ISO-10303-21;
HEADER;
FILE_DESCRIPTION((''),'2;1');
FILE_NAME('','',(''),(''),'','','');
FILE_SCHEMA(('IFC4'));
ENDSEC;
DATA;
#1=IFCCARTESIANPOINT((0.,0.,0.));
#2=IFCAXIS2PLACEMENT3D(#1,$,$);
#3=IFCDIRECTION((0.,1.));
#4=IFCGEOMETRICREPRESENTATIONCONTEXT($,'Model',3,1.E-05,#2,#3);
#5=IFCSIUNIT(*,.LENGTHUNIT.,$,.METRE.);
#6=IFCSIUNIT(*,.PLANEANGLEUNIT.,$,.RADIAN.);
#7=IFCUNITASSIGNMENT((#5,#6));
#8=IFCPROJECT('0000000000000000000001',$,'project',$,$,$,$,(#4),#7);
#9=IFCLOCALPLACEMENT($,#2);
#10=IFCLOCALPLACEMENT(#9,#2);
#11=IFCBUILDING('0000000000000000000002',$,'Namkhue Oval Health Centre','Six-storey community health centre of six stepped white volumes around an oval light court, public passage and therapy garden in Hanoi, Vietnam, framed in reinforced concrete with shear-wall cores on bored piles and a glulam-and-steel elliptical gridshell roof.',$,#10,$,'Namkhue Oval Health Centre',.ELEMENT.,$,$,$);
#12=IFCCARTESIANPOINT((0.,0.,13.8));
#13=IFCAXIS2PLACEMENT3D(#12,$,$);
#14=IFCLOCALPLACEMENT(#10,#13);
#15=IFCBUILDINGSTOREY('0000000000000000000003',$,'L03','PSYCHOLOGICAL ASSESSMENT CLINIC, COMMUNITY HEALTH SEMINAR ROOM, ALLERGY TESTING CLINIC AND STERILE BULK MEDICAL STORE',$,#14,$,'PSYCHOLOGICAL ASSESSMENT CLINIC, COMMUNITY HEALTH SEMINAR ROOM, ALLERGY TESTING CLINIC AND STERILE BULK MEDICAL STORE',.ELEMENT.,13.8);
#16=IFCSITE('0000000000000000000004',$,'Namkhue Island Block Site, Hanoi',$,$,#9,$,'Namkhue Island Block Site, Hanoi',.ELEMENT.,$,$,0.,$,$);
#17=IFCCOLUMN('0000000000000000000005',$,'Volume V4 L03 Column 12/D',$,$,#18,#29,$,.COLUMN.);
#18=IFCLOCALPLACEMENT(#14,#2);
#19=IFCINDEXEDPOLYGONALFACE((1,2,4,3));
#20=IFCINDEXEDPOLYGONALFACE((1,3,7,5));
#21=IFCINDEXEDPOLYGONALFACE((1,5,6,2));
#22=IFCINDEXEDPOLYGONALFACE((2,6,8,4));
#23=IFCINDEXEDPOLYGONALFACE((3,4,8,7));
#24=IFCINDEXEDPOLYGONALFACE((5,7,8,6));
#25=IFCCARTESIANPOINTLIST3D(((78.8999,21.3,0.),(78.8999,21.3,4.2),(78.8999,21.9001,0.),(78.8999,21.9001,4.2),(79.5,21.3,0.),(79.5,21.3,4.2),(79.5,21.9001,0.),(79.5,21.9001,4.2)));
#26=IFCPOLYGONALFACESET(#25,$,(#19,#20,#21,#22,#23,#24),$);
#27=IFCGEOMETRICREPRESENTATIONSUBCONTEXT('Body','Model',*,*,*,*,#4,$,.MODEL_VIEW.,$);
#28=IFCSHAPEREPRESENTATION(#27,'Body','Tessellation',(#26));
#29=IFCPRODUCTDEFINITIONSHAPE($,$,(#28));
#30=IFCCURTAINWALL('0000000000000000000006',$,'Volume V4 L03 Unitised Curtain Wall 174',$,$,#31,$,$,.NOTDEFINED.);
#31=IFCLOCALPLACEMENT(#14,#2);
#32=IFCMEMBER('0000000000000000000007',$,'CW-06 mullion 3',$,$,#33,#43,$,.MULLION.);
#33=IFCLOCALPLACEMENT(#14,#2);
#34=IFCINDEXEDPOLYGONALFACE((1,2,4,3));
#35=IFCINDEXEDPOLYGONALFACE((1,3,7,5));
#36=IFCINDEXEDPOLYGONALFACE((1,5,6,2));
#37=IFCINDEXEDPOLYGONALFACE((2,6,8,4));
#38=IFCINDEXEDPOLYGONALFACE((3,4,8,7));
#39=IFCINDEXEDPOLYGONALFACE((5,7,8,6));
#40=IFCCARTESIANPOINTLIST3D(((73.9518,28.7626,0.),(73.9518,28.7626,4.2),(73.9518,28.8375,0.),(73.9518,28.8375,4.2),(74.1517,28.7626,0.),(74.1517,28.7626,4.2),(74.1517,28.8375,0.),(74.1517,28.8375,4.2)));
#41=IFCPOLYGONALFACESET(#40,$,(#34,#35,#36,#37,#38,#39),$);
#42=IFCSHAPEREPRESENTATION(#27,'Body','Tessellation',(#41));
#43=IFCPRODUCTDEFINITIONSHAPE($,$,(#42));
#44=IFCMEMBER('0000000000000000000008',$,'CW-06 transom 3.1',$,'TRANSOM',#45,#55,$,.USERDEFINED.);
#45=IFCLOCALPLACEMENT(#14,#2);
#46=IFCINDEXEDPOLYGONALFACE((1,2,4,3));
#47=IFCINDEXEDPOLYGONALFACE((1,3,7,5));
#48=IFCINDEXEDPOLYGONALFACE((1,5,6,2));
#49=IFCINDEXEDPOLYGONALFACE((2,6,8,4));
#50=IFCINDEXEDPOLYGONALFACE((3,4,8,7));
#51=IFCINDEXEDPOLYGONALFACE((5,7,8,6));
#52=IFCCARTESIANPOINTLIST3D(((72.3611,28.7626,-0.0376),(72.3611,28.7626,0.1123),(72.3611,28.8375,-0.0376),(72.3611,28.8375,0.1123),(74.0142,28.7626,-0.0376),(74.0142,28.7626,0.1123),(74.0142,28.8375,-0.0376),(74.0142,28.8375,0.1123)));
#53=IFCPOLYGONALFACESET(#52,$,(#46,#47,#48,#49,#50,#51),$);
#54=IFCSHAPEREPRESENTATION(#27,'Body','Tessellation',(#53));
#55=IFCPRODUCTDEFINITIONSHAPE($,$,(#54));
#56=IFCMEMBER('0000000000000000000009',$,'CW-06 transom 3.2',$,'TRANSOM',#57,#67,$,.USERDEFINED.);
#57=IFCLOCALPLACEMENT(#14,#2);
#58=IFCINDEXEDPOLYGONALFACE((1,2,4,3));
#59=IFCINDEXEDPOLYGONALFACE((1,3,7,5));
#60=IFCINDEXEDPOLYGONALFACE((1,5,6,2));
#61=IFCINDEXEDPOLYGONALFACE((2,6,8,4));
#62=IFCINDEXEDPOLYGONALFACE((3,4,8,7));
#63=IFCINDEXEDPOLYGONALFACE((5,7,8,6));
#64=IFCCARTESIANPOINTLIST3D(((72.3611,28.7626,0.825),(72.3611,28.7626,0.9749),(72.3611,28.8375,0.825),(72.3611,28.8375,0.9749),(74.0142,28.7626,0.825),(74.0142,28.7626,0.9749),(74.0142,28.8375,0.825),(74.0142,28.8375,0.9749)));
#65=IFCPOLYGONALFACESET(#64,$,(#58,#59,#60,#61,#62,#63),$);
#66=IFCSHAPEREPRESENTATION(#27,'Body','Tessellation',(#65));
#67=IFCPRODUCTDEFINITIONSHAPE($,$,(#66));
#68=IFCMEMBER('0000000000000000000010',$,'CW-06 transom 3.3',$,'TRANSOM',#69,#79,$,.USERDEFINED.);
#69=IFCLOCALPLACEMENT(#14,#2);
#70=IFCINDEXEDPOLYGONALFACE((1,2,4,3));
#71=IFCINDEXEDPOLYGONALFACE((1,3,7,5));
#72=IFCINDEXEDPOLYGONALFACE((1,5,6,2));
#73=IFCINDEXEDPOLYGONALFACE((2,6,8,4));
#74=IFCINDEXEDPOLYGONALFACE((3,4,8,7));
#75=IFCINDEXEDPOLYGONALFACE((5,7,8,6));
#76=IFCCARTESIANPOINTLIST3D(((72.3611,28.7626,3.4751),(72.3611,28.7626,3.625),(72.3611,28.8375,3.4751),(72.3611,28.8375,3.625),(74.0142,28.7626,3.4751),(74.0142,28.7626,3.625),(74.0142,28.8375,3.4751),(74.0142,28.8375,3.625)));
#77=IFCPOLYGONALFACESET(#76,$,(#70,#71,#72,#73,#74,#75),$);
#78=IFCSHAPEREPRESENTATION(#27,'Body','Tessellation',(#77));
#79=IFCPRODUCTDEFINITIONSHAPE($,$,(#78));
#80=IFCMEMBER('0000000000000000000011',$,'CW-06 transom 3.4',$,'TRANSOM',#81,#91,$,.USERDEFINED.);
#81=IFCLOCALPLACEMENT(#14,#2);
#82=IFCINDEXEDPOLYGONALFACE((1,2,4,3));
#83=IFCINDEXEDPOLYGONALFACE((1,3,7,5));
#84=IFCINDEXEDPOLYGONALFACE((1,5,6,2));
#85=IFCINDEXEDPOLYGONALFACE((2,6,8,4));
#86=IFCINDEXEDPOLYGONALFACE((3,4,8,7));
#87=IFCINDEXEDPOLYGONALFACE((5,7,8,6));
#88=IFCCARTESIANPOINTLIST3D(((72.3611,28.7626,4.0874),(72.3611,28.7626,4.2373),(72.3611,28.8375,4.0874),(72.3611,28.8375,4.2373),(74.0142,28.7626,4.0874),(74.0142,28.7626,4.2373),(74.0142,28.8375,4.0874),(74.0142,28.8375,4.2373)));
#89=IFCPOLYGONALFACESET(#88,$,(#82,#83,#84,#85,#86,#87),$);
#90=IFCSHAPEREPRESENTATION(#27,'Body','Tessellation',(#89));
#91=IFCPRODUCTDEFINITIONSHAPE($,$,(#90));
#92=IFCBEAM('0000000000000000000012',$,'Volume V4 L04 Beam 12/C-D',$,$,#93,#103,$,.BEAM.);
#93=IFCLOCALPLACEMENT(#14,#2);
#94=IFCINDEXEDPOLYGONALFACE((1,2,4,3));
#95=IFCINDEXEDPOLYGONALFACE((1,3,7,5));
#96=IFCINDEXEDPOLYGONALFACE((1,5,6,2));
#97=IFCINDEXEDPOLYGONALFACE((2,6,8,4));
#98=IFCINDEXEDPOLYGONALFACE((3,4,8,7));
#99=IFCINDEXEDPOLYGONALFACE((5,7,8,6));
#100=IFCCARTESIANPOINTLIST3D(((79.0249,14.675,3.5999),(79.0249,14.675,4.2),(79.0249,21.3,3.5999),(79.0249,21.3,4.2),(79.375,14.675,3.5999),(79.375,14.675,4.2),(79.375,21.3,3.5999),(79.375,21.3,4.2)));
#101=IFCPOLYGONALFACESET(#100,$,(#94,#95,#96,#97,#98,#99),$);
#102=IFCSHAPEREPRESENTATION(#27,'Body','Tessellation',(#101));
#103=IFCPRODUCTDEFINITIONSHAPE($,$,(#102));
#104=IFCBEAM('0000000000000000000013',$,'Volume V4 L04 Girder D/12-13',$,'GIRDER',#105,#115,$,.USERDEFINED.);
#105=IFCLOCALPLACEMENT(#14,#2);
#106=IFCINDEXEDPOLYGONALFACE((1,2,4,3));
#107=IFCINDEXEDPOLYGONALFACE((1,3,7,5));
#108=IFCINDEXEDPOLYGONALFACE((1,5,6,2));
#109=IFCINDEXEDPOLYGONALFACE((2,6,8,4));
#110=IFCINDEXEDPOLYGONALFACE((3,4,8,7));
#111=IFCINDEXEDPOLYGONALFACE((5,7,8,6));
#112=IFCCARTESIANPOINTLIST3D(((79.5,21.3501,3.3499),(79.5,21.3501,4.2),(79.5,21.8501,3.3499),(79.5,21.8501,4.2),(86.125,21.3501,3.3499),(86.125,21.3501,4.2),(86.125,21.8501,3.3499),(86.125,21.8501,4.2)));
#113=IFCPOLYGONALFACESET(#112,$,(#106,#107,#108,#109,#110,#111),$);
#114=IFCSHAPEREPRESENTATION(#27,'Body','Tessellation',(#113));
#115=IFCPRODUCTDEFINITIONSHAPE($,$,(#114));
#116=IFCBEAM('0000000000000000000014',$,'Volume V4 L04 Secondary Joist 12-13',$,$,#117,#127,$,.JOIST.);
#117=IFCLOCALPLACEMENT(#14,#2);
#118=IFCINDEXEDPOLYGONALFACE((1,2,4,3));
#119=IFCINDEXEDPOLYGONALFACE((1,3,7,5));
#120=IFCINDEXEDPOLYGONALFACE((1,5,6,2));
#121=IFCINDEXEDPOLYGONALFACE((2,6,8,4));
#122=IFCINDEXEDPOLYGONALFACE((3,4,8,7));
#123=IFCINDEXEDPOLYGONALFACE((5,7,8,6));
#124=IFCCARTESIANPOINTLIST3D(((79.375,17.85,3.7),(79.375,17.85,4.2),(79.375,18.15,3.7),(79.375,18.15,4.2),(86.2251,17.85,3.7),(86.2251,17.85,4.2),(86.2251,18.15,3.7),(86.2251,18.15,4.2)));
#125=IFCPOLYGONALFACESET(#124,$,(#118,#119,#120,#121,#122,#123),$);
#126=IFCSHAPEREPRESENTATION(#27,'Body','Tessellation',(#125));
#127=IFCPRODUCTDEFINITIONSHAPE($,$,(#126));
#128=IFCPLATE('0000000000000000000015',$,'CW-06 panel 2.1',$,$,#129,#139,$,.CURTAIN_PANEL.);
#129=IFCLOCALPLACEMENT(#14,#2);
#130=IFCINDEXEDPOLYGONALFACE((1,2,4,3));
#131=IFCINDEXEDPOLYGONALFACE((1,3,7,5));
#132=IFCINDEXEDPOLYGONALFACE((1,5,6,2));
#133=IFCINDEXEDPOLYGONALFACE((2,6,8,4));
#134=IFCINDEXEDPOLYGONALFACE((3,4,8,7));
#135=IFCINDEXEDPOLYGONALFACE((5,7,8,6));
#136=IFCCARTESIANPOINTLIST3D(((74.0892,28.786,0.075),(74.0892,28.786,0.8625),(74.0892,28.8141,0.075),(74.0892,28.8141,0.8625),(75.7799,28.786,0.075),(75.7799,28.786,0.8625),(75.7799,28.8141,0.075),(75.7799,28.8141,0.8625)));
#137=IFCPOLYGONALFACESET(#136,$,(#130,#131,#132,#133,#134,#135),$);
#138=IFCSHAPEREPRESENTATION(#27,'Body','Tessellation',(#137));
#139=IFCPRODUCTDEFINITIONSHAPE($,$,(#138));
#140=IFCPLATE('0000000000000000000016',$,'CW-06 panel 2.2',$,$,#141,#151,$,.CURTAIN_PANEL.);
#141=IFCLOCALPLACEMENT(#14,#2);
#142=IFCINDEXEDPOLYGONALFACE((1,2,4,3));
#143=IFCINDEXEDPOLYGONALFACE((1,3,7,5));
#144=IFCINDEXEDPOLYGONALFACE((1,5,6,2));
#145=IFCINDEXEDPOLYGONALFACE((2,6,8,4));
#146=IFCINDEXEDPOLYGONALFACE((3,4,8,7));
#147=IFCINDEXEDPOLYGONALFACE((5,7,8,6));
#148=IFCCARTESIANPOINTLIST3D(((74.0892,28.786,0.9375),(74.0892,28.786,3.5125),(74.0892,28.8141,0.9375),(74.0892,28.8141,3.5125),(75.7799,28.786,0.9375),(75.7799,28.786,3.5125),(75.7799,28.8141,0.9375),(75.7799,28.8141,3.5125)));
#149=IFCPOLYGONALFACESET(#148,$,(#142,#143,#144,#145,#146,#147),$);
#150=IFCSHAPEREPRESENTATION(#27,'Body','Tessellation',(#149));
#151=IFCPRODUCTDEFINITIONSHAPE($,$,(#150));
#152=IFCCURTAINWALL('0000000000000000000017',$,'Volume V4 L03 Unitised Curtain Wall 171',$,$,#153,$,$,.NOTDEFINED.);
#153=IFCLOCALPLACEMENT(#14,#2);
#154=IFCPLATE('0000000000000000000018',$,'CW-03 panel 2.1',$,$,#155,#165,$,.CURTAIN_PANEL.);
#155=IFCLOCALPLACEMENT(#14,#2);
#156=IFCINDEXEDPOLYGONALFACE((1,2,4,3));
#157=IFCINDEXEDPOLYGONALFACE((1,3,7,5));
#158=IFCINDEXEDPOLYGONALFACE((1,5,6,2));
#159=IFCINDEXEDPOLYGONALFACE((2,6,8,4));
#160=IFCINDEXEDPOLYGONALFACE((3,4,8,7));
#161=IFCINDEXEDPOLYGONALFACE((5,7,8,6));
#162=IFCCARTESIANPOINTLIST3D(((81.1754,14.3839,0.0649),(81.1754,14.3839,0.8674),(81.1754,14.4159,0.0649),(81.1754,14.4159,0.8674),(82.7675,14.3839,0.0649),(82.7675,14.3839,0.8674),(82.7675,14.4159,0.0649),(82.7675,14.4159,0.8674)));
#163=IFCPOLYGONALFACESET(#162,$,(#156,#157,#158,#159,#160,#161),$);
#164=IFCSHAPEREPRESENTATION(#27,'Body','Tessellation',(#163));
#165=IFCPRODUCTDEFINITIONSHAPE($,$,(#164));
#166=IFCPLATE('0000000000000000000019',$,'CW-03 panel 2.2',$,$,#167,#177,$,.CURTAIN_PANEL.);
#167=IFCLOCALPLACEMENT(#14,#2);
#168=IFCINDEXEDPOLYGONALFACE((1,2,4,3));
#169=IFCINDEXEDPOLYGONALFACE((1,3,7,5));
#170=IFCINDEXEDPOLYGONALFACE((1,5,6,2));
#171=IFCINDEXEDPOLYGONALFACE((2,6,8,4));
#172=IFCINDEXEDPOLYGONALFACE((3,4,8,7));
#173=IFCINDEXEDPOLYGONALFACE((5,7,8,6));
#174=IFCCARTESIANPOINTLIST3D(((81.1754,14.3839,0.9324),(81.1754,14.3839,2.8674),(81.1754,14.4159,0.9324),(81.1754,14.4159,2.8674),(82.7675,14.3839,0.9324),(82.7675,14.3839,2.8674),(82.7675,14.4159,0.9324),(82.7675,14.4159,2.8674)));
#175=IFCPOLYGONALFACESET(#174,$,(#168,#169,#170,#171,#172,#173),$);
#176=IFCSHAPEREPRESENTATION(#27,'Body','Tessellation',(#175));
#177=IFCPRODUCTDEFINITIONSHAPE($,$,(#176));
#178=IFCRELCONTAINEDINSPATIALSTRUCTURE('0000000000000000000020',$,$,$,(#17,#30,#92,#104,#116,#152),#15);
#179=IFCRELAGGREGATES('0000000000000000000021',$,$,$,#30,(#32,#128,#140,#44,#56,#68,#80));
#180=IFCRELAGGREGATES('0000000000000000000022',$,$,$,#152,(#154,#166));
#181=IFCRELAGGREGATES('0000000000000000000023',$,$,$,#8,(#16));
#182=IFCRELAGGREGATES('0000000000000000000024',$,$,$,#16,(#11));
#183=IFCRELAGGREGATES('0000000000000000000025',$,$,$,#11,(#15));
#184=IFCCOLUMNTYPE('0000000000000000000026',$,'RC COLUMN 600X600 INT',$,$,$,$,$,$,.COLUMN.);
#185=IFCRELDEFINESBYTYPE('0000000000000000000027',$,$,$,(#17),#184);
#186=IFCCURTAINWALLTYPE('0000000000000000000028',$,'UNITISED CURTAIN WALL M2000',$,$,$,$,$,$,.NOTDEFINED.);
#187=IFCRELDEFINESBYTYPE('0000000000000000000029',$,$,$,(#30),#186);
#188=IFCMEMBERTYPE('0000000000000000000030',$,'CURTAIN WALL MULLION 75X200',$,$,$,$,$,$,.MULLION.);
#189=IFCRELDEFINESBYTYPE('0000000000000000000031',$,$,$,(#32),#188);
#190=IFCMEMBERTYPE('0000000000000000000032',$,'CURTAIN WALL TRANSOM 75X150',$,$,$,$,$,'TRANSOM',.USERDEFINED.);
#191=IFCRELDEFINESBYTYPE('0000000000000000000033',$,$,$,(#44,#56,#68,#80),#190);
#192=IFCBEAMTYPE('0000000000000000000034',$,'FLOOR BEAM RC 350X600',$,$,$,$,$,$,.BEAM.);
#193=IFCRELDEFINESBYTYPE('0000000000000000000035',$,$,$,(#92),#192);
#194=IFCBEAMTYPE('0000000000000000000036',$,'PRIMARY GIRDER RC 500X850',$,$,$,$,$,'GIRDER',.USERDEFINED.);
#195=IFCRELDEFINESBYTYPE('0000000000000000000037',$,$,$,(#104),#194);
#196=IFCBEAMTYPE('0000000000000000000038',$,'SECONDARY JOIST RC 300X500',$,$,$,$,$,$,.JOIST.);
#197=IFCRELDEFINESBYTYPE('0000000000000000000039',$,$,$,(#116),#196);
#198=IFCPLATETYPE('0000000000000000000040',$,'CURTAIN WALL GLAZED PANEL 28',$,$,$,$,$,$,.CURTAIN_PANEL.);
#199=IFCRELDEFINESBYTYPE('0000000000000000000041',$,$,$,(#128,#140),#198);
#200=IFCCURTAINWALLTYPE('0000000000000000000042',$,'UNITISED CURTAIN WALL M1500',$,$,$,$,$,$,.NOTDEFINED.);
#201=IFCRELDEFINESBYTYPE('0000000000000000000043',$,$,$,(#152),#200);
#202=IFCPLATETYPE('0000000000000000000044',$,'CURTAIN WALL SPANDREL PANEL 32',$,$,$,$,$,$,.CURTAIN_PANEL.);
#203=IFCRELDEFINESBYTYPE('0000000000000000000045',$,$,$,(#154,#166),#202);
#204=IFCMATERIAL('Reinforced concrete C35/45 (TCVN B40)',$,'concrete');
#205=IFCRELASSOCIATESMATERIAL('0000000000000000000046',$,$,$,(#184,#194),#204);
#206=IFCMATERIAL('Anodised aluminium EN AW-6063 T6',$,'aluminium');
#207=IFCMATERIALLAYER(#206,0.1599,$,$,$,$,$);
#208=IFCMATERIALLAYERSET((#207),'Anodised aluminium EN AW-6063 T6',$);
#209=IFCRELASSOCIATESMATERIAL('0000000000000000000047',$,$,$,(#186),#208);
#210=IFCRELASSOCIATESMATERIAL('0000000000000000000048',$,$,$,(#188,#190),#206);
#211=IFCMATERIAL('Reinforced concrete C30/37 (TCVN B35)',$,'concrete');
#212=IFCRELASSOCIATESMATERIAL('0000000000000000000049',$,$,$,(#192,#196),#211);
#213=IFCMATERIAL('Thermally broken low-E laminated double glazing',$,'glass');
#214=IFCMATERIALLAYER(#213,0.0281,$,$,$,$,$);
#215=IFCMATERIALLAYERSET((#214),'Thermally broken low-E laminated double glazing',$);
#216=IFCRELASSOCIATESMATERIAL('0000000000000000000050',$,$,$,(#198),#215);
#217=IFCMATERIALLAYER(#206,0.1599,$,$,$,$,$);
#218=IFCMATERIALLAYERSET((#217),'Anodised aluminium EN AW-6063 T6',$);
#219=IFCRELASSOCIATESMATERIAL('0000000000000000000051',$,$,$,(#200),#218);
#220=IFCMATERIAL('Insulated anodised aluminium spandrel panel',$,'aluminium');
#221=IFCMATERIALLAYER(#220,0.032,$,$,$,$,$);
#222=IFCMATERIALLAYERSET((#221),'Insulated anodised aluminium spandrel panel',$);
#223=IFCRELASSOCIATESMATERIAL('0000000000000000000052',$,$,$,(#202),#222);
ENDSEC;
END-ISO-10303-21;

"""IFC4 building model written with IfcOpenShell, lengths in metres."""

from ifc_helpers import new_model, si_unit, direction, frame, origin, origin_2d, place, context, subcontext, project, spatial, rectangle, extrude, material, layer, layer_set, material_profile, profile_set, type_object, element, aggregate, save


model = new_model("IFC4")

# Units and contexts
model_context = context("Model", 3, precision=1e-05, world=origin(), true_north=direction((0.0, 1.0)))
body_context = subcontext(model_context, "Body", "Model", "MODEL_VIEW")
ifc_project = project(units=[si_unit("LENGTHUNIT", "METRE"), si_unit("PLANEANGLEUNIT", "RADIAN")], contexts=[model_context])

# Site, building, storey
site_placement = place(None, origin())
site = spatial("IfcSite", under=ifc_project, at=site_placement, Name="Namkhue Island Block Site, Hanoi", LongName="Namkhue Island Block Site, Hanoi", CompositionType="ELEMENT", RefElevation=0.0)
building_placement = place(site_placement, origin())
building = spatial("IfcBuilding", under=site, at=building_placement, Name="Namkhue Oval Health Centre", Description="Six-storey community health centre of six stepped white volumes around an oval light court, public passage and therapy garden in Hanoi, Vietnam, framed in reinforced concrete with shear-wall cores on bored piles and a glulam-and-steel elliptical gridshell roof.", LongName="Namkhue Oval Health Centre", CompositionType="ELEMENT")
storey_placement = place(building_placement, frame((0.0, 0.0, 13.8)))
storey = spatial("IfcBuildingStorey", under=building, at=storey_placement, Name="L03", Description="PSYCHOLOGICAL ASSESSMENT CLINIC, COMMUNITY HEALTH SEMINAR ROOM, ALLERGY TESTING CLINIC AND STERILE BULK MEDICAL STORE", LongName="PSYCHOLOGICAL ASSESSMENT CLINIC, COMMUNITY HEALTH SEMINAR ROOM, ALLERGY TESTING CLINIC AND STERILE BULK MEDICAL STORE", CompositionType="ELEMENT", Elevation=13.8)

# Column
ifc_material_1 = material(Name="Reinforced concrete C35/45 (TCVN B40)", Category="concrete")
ifc_material_profile_1 = material_profile(ifc_material_1, rectangle(XDim=0.6001, YDim=0.6001, at=origin_2d()), Name="RC 600x600")
ifc_profile_set_1 = profile_set([ifc_material_profile_1], Name="Reinforced concrete C35/45 (TCVN B40)")
column_type = type_object("IfcColumnType", Name="RC COLUMN 600X600 INT", PredefinedType="COLUMN", material=ifc_profile_set_1)
column_placement = place(storey_placement, frame((79.2, 21.6001, 0.0), z_axis=(0.0, 0.0, 1.0), x_axis=(1.0, 0.0, 0.0)))
element("IfcColumn", 1, at=column_placement, inside=storey, type_object=column_type, Name="Volume V4 L03 Column 12/D", PredefinedType="COLUMN", context=body_context, shape_type="SweptSolid", body=[
    extrude(rectangle(XDim=0.6001, YDim=0.6001, at=origin_2d()), origin(), (0.0, 0.0, 1.0), 4.2),
])

# Curtain wall, members
ifc_material_2 = material(Name="Anodised aluminium EN AW-6063 T6", Category="aluminium")
ifc_layer_1 = layer(ifc_material_2, 0.1599)
ifc_layer_set_1 = layer_set([ifc_layer_1], Name="Anodised aluminium EN AW-6063 T6")
curtain_wall_type_1 = type_object("IfcCurtainWallType", Name="UNITISED CURTAIN WALL M2000", PredefinedType="NOTDEFINED", material=ifc_layer_set_1)
curtain_wall_1_placement = place(storey_placement, origin())
curtain_wall_1 = element("IfcCurtainWall", 2, at=curtain_wall_1_placement, inside=storey, type_object=curtain_wall_type_1, Name="Volume V4 L03 Unitised Curtain Wall 174", PredefinedType="NOTDEFINED")
ifc_material_profile_2 = material_profile(ifc_material_2, rectangle(XDim=0.075, YDim=0.2, at=origin_2d()), Name="ALU 75x200")
ifc_profile_set_2 = profile_set([ifc_material_profile_2], Name="Anodised aluminium EN AW-6063 T6")
member_type_1 = type_object("IfcMemberType", Name="CURTAIN WALL MULLION 75X200", PredefinedType="MULLION", material=ifc_profile_set_2)
member_1_placement = place(storey_placement, frame((74.0518, 28.8, 0.0), z_axis=(0.0, 0.0, 1.0), x_axis=(0.0, -1.0, 0.0)))
member_1 = element("IfcMember", 3, at=member_1_placement, type_object=member_type_1, Name="CW-06 mullion 3", PredefinedType="MULLION", context=body_context, shape_type="SweptSolid", body=[
    extrude(rectangle(XDim=0.075, YDim=0.2, at=origin_2d()), origin(), (0.0, 0.0, 1.0), 4.2),
])
ifc_material_profile_3 = material_profile(ifc_material_2, rectangle(XDim=0.075, YDim=0.1499, at=origin_2d()), Name="ALU 75x150")
ifc_profile_set_3 = profile_set([ifc_material_profile_3], Name="Anodised aluminium EN AW-6063 T6")
member_type_2 = type_object("IfcMemberType", Name="CURTAIN WALL TRANSOM 75X150", ElementType="TRANSOM", PredefinedType="USERDEFINED", material=ifc_profile_set_3)
member_2_placement = place(storey_placement, frame((74.0142, 28.8, 0.0374), z_axis=(-1.0, 0.0, 0.0), x_axis=(0.0, -1.0, 0.0)))
member_2 = element("IfcMember", 4, at=member_2_placement, type_object=member_type_2, Name="CW-06 transom 3.1", ObjectType="TRANSOM", PredefinedType="USERDEFINED", context=body_context, shape_type="SweptSolid", body=[
    extrude(rectangle(XDim=0.075, YDim=0.1499, at=origin_2d()), origin(), (0.0, 0.0, 1.0), 1.6531),
])
member_3_placement = place(storey_placement, frame((74.0142, 28.8, 0.8999), z_axis=(-1.0, 0.0, 0.0), x_axis=(0.0, -1.0, 0.0)))
member_3 = element("IfcMember", 5, at=member_3_placement, type_object=member_type_2, Name="CW-06 transom 3.2", ObjectType="TRANSOM", PredefinedType="USERDEFINED", context=body_context, shape_type="SweptSolid", body=[
    extrude(rectangle(XDim=0.075, YDim=0.1499, at=origin_2d()), origin(), (0.0, 0.0, 1.0), 1.6531),
])
member_4_placement = place(storey_placement, frame((74.0142, 28.8, 3.55), z_axis=(-1.0, 0.0, 0.0), x_axis=(0.0, -1.0, 0.0)))
member_4 = element("IfcMember", 6, at=member_4_placement, type_object=member_type_2, Name="CW-06 transom 3.3", ObjectType="TRANSOM", PredefinedType="USERDEFINED", context=body_context, shape_type="SweptSolid", body=[
    extrude(rectangle(XDim=0.075, YDim=0.1499, at=origin_2d()), origin(), (0.0, 0.0, 1.0), 1.6531),
])
member_5_placement = place(storey_placement, frame((74.0142, 28.8, 4.1624), z_axis=(-1.0, 0.0, 0.0), x_axis=(0.0, -1.0, 0.0)))
member_5 = element("IfcMember", 7, at=member_5_placement, type_object=member_type_2, Name="CW-06 transom 3.4", ObjectType="TRANSOM", PredefinedType="USERDEFINED", context=body_context, shape_type="SweptSolid", body=[
    extrude(rectangle(XDim=0.075, YDim=0.1499, at=origin_2d()), origin(), (0.0, 0.0, 1.0), 1.6531),
])

# Beams
ifc_material_3 = material(Name="Reinforced concrete C30/37 (TCVN B35)", Category="concrete")
ifc_material_profile_4 = material_profile(ifc_material_3, rectangle(XDim=0.3501, YDim=0.6001, at=origin_2d()), Name="RC 350x600")
ifc_profile_set_4 = profile_set([ifc_material_profile_4], Name="Reinforced concrete C30/37 (TCVN B35)")
beam_type_1 = type_object("IfcBeamType", Name="FLOOR BEAM RC 350X600", PredefinedType="BEAM", material=ifc_profile_set_4)
beam_1_placement = place(storey_placement, frame((79.2, 14.675, 3.8999), z_axis=(0.0, 1.0, 0.0), x_axis=(-1.0, 0.0, 0.0)))
element("IfcBeam", 8, at=beam_1_placement, inside=storey, type_object=beam_type_1, Name="Volume V4 L04 Beam 12/C-D", PredefinedType="BEAM", context=body_context, shape_type="SweptSolid", body=[
    extrude(rectangle(XDim=0.3501, YDim=0.6001, at=origin_2d()), origin(), (0.0, 0.0, 1.0), 6.625),
])
ifc_material_profile_5 = material_profile(ifc_material_1, rectangle(XDim=0.5, YDim=0.8501, at=origin_2d()), Name="RC 500x850")
ifc_profile_set_5 = profile_set([ifc_material_profile_5], Name="Reinforced concrete C35/45 (TCVN B40)")
beam_type_2 = type_object("IfcBeamType", Name="PRIMARY GIRDER RC 500X850", ElementType="GIRDER", PredefinedType="USERDEFINED", material=ifc_profile_set_5)
beam_2_placement = place(storey_placement, frame((79.5, 21.6001, 3.7749), z_axis=(1.0, 0.0, 0.0), x_axis=(0.0, 1.0, 0.0)))
element("IfcBeam", 9, at=beam_2_placement, inside=storey, type_object=beam_type_2, Name="Volume V4 L04 Girder D/12-13", ObjectType="GIRDER", PredefinedType="USERDEFINED", context=body_context, shape_type="SweptSolid", body=[
    extrude(rectangle(XDim=0.5, YDim=0.8501, at=origin_2d()), origin(), (0.0, 0.0, 1.0), 6.625),
])
ifc_material_profile_6 = material_profile(ifc_material_3, rectangle(XDim=0.3, YDim=0.5, at=origin_2d()), Name="RC 300x500")
ifc_profile_set_6 = profile_set([ifc_material_profile_6], Name="Reinforced concrete C30/37 (TCVN B35)")
beam_type_3 = type_object("IfcBeamType", Name="SECONDARY JOIST RC 300X500", PredefinedType="JOIST", material=ifc_profile_set_6)
beam_3_placement = place(storey_placement, frame((79.375, 18.0, 3.95), z_axis=(1.0, 0.0, 0.0), x_axis=(0.0, 1.0, 0.0)))
element("IfcBeam", 10, at=beam_3_placement, inside=storey, type_object=beam_type_3, Name="Volume V4 L04 Secondary Joist 12-13", PredefinedType="JOIST", context=body_context, shape_type="SweptSolid", body=[
    extrude(rectangle(XDim=0.3, YDim=0.5, at=origin_2d()), origin(), (0.0, 0.0, 1.0), 6.8501),
])

# Plates
ifc_material_4 = material(Name="Thermally broken low-E laminated double glazing", Category="glass")
ifc_layer_2 = layer(ifc_material_4, 0.0281)
ifc_layer_set_2 = layer_set([ifc_layer_2], Name="Thermally broken low-E laminated double glazing")
plate_type_1 = type_object("IfcPlateType", Name="CURTAIN WALL GLAZED PANEL 28", PredefinedType="CURTAIN_PANEL", material=ifc_layer_set_2)
plate_1_placement = place(storey_placement, frame((74.9346, 28.8, 0.075), z_axis=(0.0, 0.0, 1.0), x_axis=(-1.0, 0.0, 0.0)))
plate_1 = element("IfcPlate", 11, at=plate_1_placement, type_object=plate_type_1, Name="CW-06 panel 2.1", PredefinedType="CURTAIN_PANEL", context=body_context, shape_type="SweptSolid", body=[
    extrude(rectangle(XDim=1.6907, YDim=0.0281, at=origin_2d()), origin(), (0.0, 0.0, 1.0), 0.7876),
])
plate_2_placement = place(storey_placement, frame((74.9346, 28.8, 0.9375), z_axis=(0.0, 0.0, 1.0), x_axis=(-1.0, 0.0, 0.0)))
plate_2 = element("IfcPlate", 12, at=plate_2_placement, type_object=plate_type_1, Name="CW-06 panel 2.2", PredefinedType="CURTAIN_PANEL", context=body_context, shape_type="SweptSolid", body=[
    extrude(rectangle(XDim=1.6907, YDim=0.0281, at=origin_2d()), origin(), (0.0, 0.0, 1.0), 2.575),
])
aggregate(curtain_wall_1, [member_1, plate_1, plate_2, member_2, member_3, member_4, member_5])

# Curtain wall, plates
ifc_layer_3 = layer(ifc_material_2, 0.1599)
ifc_layer_set_3 = layer_set([ifc_layer_3], Name="Anodised aluminium EN AW-6063 T6")
curtain_wall_type_2 = type_object("IfcCurtainWallType", Name="UNITISED CURTAIN WALL M1500", PredefinedType="NOTDEFINED", material=ifc_layer_set_3)
curtain_wall_2_placement = place(storey_placement, origin())
curtain_wall_2 = element("IfcCurtainWall", 13, at=curtain_wall_2_placement, inside=storey, type_object=curtain_wall_type_2, Name="Volume V4 L03 Unitised Curtain Wall 171", PredefinedType="NOTDEFINED")
ifc_material_5 = material(Name="Insulated anodised aluminium spandrel panel", Category="aluminium")
ifc_layer_4 = layer(ifc_material_5, 0.032)
ifc_layer_set_4 = layer_set([ifc_layer_4], Name="Insulated anodised aluminium spandrel panel")
plate_type_2 = type_object("IfcPlateType", Name="CURTAIN WALL SPANDREL PANEL 32", PredefinedType="CURTAIN_PANEL", material=ifc_layer_set_4)
plate_3_placement = place(storey_placement, frame((81.9714, 14.3999, 0.0649), z_axis=(0.0, 0.0, 1.0), x_axis=(1.0, 0.0, 0.0)))
plate_3 = element("IfcPlate", 14, at=plate_3_placement, type_object=plate_type_2, Name="CW-03 panel 2.1", PredefinedType="CURTAIN_PANEL", context=body_context, shape_type="SweptSolid", body=[
    extrude(rectangle(XDim=1.592, YDim=0.032, at=origin_2d()), origin(), (0.0, 0.0, 1.0), 0.8025),
])
plate_4_placement = place(storey_placement, frame((81.9714, 14.3999, 0.9324), z_axis=(0.0, 0.0, 1.0), x_axis=(1.0, 0.0, 0.0)))
plate_4 = element("IfcPlate", 15, at=plate_4_placement, type_object=plate_type_2, Name="CW-03 panel 2.2", PredefinedType="CURTAIN_PANEL", context=body_context, shape_type="SweptSolid", body=[
    extrude(rectangle(XDim=1.592, YDim=0.032, at=origin_2d()), origin(), (0.0, 0.0, 1.0), 1.9351),
])
aggregate(curtain_wall_2, [plate_3, plate_4])

save(model, "model.ifc")
